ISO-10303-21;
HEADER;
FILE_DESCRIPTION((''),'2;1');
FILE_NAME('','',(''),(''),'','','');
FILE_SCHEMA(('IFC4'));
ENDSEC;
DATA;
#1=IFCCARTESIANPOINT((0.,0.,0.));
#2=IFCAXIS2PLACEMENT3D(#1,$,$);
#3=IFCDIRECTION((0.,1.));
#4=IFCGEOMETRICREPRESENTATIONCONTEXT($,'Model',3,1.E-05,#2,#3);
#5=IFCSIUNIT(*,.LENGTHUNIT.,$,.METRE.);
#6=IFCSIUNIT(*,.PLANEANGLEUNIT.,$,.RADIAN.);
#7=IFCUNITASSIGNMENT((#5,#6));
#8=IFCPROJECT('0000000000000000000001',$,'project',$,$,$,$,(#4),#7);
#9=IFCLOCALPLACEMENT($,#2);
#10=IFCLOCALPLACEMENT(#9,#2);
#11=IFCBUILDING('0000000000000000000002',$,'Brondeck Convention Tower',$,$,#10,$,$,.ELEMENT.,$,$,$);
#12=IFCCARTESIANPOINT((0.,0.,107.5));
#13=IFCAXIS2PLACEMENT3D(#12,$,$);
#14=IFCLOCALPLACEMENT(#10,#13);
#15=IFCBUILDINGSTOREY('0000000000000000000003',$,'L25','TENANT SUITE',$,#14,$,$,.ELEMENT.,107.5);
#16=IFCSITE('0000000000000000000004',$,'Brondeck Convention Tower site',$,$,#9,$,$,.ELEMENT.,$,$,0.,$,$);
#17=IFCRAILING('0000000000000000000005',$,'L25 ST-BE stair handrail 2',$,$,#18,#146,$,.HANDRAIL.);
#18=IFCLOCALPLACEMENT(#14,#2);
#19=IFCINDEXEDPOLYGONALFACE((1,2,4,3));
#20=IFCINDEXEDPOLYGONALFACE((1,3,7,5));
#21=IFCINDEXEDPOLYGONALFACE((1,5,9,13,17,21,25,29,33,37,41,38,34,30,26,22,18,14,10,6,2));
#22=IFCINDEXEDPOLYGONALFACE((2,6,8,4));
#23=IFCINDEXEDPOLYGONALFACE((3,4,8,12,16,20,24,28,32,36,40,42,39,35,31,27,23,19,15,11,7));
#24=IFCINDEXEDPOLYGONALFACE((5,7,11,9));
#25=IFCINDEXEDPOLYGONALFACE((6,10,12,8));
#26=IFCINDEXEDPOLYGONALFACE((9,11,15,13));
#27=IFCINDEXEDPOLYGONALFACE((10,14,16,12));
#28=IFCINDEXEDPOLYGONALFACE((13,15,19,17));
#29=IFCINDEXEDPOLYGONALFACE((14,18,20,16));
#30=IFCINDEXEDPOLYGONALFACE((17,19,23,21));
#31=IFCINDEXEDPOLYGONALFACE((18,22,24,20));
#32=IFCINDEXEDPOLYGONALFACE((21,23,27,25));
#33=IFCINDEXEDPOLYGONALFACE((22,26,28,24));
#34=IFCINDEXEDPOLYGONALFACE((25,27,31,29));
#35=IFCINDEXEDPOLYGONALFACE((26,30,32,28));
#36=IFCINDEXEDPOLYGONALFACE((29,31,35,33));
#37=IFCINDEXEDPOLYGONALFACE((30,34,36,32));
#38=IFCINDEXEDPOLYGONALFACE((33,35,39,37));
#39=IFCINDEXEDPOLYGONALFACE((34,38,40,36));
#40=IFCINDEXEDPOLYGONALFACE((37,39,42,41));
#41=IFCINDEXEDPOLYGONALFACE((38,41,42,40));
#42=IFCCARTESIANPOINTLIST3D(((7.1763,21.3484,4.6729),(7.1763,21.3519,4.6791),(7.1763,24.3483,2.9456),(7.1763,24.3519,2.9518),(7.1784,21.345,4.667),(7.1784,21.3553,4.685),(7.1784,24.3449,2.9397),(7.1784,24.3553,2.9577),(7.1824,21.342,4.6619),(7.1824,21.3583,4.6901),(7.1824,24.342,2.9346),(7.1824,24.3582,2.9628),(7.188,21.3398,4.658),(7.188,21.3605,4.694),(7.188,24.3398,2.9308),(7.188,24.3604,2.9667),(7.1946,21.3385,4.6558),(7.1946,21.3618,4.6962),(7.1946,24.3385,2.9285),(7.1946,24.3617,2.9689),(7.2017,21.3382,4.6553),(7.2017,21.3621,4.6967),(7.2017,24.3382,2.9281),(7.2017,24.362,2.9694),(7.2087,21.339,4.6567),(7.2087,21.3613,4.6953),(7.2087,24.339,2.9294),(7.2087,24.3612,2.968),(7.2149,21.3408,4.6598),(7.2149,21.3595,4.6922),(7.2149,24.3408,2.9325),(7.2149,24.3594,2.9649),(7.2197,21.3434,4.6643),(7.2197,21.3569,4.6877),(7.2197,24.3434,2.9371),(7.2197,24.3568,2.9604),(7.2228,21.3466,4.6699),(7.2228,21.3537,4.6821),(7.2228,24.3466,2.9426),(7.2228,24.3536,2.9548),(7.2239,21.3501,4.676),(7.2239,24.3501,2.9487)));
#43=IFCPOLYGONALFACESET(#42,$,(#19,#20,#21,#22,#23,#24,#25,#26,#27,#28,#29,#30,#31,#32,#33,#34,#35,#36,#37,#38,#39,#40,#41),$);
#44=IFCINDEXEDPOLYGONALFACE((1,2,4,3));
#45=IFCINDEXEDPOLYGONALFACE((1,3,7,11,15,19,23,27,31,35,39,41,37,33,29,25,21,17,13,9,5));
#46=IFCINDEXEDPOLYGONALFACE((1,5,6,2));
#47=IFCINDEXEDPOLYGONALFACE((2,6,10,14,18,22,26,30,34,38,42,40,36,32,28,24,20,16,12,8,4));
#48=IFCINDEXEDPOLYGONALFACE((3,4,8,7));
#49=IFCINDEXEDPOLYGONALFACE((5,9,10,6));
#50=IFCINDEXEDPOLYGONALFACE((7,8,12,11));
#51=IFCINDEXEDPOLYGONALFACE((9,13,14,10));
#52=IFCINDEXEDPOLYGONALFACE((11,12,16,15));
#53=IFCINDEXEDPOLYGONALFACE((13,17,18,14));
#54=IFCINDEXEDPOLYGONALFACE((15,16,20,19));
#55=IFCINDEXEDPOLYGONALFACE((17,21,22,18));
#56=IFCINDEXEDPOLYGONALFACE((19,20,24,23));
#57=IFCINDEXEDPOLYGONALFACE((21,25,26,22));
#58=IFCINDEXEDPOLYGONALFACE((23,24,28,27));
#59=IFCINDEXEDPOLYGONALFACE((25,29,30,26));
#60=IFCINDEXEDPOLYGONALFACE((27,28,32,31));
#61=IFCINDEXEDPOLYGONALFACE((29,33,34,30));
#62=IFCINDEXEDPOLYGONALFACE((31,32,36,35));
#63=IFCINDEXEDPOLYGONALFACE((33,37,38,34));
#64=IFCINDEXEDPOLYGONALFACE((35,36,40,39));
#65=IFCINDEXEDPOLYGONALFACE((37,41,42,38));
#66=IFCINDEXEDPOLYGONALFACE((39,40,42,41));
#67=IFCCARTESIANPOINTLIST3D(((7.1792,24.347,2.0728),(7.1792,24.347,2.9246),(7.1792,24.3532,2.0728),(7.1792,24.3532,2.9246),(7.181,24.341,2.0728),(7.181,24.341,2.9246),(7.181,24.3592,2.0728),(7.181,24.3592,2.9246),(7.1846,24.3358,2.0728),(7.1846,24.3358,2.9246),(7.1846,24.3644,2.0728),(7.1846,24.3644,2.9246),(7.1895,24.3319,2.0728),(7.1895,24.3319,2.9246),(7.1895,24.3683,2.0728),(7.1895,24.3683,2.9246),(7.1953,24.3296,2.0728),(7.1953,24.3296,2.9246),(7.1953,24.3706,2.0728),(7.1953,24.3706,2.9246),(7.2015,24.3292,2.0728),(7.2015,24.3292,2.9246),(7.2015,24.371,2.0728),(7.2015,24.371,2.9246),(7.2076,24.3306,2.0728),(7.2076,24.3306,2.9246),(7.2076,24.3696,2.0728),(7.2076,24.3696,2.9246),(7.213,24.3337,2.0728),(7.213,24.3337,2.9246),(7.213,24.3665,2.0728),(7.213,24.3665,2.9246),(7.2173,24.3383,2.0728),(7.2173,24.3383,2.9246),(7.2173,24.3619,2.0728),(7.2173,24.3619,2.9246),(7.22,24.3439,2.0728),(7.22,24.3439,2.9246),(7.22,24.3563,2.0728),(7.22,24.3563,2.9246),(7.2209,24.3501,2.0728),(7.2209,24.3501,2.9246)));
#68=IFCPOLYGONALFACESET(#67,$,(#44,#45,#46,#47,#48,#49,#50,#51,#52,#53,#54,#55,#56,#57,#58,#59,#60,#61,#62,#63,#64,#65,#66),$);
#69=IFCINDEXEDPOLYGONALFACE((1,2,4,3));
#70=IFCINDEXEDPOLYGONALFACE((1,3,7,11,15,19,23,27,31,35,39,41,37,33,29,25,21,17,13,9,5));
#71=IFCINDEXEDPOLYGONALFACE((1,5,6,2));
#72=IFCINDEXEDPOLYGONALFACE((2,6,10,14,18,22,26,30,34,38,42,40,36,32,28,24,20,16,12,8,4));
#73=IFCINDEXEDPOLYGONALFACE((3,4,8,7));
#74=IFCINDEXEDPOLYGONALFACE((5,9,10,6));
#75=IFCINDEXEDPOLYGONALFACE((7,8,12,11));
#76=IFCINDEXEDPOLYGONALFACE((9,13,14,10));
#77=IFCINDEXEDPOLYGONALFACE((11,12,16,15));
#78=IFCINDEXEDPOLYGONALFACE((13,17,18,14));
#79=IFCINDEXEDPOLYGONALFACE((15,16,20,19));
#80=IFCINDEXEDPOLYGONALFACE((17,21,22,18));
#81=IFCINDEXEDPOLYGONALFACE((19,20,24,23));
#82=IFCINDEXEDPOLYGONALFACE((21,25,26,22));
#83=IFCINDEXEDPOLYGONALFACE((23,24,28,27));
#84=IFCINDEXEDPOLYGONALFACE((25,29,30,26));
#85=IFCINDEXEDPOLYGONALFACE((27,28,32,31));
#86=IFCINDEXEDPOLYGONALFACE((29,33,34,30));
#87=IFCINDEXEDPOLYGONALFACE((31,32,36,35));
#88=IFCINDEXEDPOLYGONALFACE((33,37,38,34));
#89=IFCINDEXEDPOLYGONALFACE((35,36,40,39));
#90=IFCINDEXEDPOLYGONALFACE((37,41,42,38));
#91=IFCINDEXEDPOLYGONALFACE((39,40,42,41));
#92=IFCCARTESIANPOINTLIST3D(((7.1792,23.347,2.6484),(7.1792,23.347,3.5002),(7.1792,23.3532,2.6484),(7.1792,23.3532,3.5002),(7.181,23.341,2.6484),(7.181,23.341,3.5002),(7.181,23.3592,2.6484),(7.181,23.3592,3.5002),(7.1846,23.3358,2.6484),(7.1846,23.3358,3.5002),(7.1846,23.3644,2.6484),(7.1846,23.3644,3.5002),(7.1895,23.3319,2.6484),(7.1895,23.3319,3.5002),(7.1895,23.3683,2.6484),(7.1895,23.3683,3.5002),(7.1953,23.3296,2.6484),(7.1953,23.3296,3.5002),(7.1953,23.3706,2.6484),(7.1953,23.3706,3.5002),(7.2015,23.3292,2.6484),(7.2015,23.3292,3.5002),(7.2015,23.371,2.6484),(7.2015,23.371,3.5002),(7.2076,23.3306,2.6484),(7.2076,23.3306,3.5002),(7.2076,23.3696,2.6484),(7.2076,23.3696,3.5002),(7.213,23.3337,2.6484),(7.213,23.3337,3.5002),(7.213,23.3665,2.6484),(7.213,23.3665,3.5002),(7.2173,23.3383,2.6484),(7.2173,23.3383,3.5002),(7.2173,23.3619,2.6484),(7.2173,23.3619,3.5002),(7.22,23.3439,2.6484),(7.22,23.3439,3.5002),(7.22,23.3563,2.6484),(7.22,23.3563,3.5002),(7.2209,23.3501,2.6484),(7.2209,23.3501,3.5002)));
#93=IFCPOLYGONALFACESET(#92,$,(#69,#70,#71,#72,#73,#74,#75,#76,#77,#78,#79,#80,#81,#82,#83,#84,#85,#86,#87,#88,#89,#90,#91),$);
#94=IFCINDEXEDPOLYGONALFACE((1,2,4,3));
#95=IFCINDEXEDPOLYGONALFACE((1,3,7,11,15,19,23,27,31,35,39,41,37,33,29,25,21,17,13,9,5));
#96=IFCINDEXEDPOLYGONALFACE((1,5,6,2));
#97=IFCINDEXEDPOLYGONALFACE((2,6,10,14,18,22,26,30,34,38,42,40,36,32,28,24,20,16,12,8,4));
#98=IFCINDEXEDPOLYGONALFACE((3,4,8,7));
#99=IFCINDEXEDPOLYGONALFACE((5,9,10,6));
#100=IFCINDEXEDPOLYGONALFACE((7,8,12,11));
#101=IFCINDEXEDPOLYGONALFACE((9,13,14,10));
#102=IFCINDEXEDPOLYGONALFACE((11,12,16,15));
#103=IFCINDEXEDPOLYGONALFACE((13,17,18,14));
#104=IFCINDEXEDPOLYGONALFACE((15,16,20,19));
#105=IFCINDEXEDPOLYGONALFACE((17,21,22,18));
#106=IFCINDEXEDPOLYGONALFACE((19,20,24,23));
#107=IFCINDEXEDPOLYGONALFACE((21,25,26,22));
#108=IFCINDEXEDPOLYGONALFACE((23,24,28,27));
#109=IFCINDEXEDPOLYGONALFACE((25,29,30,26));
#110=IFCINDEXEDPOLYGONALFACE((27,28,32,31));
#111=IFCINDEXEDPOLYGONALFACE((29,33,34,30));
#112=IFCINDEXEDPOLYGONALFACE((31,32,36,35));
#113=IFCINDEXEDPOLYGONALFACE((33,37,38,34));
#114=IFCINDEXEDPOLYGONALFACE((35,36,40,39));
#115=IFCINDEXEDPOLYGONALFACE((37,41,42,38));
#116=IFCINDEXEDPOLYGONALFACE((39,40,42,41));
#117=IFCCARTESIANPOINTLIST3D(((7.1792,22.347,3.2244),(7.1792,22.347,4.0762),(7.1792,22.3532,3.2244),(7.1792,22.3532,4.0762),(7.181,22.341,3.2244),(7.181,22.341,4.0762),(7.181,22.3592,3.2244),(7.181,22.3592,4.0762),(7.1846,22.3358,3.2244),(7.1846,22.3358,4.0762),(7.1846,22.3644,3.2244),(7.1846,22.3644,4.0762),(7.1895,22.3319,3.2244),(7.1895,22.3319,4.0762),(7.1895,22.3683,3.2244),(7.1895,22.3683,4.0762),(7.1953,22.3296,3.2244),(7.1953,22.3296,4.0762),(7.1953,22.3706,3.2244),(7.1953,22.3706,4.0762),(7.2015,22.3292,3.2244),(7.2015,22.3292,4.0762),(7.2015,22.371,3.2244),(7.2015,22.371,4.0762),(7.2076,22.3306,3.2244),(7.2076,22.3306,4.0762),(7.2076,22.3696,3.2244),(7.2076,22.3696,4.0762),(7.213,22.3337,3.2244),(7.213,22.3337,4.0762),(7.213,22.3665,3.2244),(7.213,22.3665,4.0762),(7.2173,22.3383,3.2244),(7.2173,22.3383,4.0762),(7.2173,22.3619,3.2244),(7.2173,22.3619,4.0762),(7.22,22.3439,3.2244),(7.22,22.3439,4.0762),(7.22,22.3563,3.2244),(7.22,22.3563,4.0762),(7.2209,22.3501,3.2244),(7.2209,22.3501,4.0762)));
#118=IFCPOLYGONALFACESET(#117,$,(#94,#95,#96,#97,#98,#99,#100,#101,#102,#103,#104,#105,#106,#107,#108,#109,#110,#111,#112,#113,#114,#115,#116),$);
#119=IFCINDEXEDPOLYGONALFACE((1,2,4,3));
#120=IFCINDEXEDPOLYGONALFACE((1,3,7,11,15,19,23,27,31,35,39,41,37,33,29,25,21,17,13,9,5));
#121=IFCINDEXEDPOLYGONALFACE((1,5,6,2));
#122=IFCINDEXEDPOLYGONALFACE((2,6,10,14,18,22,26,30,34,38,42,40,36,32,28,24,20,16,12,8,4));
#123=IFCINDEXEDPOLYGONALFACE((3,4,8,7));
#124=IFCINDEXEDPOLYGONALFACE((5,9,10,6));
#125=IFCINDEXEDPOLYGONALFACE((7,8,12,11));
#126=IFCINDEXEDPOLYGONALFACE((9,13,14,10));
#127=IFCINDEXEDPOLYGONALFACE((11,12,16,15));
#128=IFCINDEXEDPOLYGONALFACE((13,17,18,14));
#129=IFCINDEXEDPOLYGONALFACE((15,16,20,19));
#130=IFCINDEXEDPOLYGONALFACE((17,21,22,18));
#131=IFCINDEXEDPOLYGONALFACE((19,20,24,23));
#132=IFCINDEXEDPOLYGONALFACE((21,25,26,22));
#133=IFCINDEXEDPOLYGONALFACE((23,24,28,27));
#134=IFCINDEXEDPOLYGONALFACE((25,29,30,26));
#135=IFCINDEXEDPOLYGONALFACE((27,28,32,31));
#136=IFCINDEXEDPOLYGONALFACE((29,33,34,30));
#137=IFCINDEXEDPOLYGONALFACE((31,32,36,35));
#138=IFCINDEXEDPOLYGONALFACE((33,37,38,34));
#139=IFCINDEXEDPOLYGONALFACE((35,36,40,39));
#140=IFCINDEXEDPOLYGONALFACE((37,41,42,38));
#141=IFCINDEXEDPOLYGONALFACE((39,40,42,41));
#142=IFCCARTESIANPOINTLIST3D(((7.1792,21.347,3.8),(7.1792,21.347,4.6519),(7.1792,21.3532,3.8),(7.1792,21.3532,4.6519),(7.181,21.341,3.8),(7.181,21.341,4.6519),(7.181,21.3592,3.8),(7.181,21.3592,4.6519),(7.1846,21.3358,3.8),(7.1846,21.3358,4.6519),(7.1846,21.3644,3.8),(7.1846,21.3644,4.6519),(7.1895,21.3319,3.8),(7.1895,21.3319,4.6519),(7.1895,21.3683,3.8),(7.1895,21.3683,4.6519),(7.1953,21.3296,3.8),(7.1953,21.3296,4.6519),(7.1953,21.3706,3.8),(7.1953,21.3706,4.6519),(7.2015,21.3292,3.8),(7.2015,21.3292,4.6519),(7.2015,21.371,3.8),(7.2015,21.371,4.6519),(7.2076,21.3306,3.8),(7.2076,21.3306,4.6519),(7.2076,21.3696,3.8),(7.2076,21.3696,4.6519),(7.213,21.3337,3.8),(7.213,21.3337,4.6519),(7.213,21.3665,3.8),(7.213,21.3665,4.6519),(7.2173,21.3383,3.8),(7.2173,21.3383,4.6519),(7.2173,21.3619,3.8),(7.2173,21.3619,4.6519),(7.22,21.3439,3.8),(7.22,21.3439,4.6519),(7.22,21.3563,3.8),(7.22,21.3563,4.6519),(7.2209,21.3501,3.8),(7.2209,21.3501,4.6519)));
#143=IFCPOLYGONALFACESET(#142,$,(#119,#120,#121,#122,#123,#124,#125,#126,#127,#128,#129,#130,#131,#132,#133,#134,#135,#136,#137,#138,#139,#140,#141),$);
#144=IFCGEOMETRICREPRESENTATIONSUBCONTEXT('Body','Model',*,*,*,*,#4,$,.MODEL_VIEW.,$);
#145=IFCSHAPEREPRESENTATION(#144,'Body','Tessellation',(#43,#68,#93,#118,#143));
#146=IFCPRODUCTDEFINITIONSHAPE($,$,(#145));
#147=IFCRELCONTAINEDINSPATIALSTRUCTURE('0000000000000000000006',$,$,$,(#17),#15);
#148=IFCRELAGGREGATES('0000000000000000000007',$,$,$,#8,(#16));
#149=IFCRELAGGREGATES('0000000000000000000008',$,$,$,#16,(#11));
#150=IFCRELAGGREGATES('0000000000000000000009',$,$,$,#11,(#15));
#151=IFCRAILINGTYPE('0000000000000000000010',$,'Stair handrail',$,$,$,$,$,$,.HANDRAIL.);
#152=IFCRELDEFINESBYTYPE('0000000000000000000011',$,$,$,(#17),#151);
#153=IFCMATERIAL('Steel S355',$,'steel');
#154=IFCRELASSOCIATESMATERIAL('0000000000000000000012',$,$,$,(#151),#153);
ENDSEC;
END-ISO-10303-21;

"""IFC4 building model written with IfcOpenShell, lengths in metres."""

from ifc_helpers import new_model, si_unit, direction, frame, origin, origin_2d, place, context, subcontext, project, spatial, circle, extrude, material, type_object, element, save


model = new_model("IFC4")

# Units and contexts
model_context = context("Model", 3, precision=1e-05, world=origin(), true_north=direction((0.0, 1.0)))
body_context = subcontext(model_context, "Body", "Model", "MODEL_VIEW")
ifc_project = project(units=[si_unit("LENGTHUNIT", "METRE"), si_unit("PLANEANGLEUNIT", "RADIAN")], contexts=[model_context])

# Site, building, storey
site_placement = place(None, origin())
site = spatial("IfcSite", under=ifc_project, at=site_placement, Name="Brondeck Convention Tower site", CompositionType="ELEMENT", RefElevation=0.0)
building_placement = place(site_placement, origin())
building = spatial("IfcBuilding", under=site, at=building_placement, Name="Brondeck Convention Tower", CompositionType="ELEMENT")
storey_placement = place(building_placement, frame((0.0, 0.0, 107.5)))
storey = spatial("IfcBuildingStorey", under=building, at=storey_placement, Name="L25", Description="TENANT SUITE", CompositionType="ELEMENT", Elevation=107.5)

# Shared definitions
ifc_material_1 = material(Name="Steel S355", Category="steel")

# Railing
railing_type_1 = type_object("IfcRailingType", Name="Stair handrail", PredefinedType="HANDRAIL", material=ifc_material_1)
railing_1_placement = place(storey_placement, frame((7.2, 24.3501, 2.0728)))
element("IfcRailing", 1, at=railing_1_placement, inside=storey, type_object=railing_type_1, Name="L25 ST-BE stair handrail 2", PredefinedType="HANDRAIL", context=body_context, shape_type="SweptSolid", body=[
    extrude(circle(Radius=0.0239, at=origin_2d()), frame((0.0, 0.0, 0.876), z_axis=(0.0, -0.86662, 0.498969), x_axis=(1.0, 0.0, 0.0)), (0.0, 0.0, 1.0), 3.4617),
    extrude(circle(Radius=0.021, at=origin_2d()), origin(), (0.0, 0.0, 1.0), 0.8518),
    extrude(circle(Radius=0.021, at=origin_2d()), frame((0.0, -1.0, 0.5757)), (0.0, 0.0, 1.0), 0.8518),
    extrude(circle(Radius=0.021, at=origin_2d()), frame((0.0, -2.0, 1.1516)), (0.0, 0.0, 1.0), 0.8518),
    extrude(circle(Radius=0.021, at=origin_2d()), frame((0.0, -3.0, 1.7273)), (0.0, 0.0, 1.0), 0.8518),
])

save(model, "model.ifc")
